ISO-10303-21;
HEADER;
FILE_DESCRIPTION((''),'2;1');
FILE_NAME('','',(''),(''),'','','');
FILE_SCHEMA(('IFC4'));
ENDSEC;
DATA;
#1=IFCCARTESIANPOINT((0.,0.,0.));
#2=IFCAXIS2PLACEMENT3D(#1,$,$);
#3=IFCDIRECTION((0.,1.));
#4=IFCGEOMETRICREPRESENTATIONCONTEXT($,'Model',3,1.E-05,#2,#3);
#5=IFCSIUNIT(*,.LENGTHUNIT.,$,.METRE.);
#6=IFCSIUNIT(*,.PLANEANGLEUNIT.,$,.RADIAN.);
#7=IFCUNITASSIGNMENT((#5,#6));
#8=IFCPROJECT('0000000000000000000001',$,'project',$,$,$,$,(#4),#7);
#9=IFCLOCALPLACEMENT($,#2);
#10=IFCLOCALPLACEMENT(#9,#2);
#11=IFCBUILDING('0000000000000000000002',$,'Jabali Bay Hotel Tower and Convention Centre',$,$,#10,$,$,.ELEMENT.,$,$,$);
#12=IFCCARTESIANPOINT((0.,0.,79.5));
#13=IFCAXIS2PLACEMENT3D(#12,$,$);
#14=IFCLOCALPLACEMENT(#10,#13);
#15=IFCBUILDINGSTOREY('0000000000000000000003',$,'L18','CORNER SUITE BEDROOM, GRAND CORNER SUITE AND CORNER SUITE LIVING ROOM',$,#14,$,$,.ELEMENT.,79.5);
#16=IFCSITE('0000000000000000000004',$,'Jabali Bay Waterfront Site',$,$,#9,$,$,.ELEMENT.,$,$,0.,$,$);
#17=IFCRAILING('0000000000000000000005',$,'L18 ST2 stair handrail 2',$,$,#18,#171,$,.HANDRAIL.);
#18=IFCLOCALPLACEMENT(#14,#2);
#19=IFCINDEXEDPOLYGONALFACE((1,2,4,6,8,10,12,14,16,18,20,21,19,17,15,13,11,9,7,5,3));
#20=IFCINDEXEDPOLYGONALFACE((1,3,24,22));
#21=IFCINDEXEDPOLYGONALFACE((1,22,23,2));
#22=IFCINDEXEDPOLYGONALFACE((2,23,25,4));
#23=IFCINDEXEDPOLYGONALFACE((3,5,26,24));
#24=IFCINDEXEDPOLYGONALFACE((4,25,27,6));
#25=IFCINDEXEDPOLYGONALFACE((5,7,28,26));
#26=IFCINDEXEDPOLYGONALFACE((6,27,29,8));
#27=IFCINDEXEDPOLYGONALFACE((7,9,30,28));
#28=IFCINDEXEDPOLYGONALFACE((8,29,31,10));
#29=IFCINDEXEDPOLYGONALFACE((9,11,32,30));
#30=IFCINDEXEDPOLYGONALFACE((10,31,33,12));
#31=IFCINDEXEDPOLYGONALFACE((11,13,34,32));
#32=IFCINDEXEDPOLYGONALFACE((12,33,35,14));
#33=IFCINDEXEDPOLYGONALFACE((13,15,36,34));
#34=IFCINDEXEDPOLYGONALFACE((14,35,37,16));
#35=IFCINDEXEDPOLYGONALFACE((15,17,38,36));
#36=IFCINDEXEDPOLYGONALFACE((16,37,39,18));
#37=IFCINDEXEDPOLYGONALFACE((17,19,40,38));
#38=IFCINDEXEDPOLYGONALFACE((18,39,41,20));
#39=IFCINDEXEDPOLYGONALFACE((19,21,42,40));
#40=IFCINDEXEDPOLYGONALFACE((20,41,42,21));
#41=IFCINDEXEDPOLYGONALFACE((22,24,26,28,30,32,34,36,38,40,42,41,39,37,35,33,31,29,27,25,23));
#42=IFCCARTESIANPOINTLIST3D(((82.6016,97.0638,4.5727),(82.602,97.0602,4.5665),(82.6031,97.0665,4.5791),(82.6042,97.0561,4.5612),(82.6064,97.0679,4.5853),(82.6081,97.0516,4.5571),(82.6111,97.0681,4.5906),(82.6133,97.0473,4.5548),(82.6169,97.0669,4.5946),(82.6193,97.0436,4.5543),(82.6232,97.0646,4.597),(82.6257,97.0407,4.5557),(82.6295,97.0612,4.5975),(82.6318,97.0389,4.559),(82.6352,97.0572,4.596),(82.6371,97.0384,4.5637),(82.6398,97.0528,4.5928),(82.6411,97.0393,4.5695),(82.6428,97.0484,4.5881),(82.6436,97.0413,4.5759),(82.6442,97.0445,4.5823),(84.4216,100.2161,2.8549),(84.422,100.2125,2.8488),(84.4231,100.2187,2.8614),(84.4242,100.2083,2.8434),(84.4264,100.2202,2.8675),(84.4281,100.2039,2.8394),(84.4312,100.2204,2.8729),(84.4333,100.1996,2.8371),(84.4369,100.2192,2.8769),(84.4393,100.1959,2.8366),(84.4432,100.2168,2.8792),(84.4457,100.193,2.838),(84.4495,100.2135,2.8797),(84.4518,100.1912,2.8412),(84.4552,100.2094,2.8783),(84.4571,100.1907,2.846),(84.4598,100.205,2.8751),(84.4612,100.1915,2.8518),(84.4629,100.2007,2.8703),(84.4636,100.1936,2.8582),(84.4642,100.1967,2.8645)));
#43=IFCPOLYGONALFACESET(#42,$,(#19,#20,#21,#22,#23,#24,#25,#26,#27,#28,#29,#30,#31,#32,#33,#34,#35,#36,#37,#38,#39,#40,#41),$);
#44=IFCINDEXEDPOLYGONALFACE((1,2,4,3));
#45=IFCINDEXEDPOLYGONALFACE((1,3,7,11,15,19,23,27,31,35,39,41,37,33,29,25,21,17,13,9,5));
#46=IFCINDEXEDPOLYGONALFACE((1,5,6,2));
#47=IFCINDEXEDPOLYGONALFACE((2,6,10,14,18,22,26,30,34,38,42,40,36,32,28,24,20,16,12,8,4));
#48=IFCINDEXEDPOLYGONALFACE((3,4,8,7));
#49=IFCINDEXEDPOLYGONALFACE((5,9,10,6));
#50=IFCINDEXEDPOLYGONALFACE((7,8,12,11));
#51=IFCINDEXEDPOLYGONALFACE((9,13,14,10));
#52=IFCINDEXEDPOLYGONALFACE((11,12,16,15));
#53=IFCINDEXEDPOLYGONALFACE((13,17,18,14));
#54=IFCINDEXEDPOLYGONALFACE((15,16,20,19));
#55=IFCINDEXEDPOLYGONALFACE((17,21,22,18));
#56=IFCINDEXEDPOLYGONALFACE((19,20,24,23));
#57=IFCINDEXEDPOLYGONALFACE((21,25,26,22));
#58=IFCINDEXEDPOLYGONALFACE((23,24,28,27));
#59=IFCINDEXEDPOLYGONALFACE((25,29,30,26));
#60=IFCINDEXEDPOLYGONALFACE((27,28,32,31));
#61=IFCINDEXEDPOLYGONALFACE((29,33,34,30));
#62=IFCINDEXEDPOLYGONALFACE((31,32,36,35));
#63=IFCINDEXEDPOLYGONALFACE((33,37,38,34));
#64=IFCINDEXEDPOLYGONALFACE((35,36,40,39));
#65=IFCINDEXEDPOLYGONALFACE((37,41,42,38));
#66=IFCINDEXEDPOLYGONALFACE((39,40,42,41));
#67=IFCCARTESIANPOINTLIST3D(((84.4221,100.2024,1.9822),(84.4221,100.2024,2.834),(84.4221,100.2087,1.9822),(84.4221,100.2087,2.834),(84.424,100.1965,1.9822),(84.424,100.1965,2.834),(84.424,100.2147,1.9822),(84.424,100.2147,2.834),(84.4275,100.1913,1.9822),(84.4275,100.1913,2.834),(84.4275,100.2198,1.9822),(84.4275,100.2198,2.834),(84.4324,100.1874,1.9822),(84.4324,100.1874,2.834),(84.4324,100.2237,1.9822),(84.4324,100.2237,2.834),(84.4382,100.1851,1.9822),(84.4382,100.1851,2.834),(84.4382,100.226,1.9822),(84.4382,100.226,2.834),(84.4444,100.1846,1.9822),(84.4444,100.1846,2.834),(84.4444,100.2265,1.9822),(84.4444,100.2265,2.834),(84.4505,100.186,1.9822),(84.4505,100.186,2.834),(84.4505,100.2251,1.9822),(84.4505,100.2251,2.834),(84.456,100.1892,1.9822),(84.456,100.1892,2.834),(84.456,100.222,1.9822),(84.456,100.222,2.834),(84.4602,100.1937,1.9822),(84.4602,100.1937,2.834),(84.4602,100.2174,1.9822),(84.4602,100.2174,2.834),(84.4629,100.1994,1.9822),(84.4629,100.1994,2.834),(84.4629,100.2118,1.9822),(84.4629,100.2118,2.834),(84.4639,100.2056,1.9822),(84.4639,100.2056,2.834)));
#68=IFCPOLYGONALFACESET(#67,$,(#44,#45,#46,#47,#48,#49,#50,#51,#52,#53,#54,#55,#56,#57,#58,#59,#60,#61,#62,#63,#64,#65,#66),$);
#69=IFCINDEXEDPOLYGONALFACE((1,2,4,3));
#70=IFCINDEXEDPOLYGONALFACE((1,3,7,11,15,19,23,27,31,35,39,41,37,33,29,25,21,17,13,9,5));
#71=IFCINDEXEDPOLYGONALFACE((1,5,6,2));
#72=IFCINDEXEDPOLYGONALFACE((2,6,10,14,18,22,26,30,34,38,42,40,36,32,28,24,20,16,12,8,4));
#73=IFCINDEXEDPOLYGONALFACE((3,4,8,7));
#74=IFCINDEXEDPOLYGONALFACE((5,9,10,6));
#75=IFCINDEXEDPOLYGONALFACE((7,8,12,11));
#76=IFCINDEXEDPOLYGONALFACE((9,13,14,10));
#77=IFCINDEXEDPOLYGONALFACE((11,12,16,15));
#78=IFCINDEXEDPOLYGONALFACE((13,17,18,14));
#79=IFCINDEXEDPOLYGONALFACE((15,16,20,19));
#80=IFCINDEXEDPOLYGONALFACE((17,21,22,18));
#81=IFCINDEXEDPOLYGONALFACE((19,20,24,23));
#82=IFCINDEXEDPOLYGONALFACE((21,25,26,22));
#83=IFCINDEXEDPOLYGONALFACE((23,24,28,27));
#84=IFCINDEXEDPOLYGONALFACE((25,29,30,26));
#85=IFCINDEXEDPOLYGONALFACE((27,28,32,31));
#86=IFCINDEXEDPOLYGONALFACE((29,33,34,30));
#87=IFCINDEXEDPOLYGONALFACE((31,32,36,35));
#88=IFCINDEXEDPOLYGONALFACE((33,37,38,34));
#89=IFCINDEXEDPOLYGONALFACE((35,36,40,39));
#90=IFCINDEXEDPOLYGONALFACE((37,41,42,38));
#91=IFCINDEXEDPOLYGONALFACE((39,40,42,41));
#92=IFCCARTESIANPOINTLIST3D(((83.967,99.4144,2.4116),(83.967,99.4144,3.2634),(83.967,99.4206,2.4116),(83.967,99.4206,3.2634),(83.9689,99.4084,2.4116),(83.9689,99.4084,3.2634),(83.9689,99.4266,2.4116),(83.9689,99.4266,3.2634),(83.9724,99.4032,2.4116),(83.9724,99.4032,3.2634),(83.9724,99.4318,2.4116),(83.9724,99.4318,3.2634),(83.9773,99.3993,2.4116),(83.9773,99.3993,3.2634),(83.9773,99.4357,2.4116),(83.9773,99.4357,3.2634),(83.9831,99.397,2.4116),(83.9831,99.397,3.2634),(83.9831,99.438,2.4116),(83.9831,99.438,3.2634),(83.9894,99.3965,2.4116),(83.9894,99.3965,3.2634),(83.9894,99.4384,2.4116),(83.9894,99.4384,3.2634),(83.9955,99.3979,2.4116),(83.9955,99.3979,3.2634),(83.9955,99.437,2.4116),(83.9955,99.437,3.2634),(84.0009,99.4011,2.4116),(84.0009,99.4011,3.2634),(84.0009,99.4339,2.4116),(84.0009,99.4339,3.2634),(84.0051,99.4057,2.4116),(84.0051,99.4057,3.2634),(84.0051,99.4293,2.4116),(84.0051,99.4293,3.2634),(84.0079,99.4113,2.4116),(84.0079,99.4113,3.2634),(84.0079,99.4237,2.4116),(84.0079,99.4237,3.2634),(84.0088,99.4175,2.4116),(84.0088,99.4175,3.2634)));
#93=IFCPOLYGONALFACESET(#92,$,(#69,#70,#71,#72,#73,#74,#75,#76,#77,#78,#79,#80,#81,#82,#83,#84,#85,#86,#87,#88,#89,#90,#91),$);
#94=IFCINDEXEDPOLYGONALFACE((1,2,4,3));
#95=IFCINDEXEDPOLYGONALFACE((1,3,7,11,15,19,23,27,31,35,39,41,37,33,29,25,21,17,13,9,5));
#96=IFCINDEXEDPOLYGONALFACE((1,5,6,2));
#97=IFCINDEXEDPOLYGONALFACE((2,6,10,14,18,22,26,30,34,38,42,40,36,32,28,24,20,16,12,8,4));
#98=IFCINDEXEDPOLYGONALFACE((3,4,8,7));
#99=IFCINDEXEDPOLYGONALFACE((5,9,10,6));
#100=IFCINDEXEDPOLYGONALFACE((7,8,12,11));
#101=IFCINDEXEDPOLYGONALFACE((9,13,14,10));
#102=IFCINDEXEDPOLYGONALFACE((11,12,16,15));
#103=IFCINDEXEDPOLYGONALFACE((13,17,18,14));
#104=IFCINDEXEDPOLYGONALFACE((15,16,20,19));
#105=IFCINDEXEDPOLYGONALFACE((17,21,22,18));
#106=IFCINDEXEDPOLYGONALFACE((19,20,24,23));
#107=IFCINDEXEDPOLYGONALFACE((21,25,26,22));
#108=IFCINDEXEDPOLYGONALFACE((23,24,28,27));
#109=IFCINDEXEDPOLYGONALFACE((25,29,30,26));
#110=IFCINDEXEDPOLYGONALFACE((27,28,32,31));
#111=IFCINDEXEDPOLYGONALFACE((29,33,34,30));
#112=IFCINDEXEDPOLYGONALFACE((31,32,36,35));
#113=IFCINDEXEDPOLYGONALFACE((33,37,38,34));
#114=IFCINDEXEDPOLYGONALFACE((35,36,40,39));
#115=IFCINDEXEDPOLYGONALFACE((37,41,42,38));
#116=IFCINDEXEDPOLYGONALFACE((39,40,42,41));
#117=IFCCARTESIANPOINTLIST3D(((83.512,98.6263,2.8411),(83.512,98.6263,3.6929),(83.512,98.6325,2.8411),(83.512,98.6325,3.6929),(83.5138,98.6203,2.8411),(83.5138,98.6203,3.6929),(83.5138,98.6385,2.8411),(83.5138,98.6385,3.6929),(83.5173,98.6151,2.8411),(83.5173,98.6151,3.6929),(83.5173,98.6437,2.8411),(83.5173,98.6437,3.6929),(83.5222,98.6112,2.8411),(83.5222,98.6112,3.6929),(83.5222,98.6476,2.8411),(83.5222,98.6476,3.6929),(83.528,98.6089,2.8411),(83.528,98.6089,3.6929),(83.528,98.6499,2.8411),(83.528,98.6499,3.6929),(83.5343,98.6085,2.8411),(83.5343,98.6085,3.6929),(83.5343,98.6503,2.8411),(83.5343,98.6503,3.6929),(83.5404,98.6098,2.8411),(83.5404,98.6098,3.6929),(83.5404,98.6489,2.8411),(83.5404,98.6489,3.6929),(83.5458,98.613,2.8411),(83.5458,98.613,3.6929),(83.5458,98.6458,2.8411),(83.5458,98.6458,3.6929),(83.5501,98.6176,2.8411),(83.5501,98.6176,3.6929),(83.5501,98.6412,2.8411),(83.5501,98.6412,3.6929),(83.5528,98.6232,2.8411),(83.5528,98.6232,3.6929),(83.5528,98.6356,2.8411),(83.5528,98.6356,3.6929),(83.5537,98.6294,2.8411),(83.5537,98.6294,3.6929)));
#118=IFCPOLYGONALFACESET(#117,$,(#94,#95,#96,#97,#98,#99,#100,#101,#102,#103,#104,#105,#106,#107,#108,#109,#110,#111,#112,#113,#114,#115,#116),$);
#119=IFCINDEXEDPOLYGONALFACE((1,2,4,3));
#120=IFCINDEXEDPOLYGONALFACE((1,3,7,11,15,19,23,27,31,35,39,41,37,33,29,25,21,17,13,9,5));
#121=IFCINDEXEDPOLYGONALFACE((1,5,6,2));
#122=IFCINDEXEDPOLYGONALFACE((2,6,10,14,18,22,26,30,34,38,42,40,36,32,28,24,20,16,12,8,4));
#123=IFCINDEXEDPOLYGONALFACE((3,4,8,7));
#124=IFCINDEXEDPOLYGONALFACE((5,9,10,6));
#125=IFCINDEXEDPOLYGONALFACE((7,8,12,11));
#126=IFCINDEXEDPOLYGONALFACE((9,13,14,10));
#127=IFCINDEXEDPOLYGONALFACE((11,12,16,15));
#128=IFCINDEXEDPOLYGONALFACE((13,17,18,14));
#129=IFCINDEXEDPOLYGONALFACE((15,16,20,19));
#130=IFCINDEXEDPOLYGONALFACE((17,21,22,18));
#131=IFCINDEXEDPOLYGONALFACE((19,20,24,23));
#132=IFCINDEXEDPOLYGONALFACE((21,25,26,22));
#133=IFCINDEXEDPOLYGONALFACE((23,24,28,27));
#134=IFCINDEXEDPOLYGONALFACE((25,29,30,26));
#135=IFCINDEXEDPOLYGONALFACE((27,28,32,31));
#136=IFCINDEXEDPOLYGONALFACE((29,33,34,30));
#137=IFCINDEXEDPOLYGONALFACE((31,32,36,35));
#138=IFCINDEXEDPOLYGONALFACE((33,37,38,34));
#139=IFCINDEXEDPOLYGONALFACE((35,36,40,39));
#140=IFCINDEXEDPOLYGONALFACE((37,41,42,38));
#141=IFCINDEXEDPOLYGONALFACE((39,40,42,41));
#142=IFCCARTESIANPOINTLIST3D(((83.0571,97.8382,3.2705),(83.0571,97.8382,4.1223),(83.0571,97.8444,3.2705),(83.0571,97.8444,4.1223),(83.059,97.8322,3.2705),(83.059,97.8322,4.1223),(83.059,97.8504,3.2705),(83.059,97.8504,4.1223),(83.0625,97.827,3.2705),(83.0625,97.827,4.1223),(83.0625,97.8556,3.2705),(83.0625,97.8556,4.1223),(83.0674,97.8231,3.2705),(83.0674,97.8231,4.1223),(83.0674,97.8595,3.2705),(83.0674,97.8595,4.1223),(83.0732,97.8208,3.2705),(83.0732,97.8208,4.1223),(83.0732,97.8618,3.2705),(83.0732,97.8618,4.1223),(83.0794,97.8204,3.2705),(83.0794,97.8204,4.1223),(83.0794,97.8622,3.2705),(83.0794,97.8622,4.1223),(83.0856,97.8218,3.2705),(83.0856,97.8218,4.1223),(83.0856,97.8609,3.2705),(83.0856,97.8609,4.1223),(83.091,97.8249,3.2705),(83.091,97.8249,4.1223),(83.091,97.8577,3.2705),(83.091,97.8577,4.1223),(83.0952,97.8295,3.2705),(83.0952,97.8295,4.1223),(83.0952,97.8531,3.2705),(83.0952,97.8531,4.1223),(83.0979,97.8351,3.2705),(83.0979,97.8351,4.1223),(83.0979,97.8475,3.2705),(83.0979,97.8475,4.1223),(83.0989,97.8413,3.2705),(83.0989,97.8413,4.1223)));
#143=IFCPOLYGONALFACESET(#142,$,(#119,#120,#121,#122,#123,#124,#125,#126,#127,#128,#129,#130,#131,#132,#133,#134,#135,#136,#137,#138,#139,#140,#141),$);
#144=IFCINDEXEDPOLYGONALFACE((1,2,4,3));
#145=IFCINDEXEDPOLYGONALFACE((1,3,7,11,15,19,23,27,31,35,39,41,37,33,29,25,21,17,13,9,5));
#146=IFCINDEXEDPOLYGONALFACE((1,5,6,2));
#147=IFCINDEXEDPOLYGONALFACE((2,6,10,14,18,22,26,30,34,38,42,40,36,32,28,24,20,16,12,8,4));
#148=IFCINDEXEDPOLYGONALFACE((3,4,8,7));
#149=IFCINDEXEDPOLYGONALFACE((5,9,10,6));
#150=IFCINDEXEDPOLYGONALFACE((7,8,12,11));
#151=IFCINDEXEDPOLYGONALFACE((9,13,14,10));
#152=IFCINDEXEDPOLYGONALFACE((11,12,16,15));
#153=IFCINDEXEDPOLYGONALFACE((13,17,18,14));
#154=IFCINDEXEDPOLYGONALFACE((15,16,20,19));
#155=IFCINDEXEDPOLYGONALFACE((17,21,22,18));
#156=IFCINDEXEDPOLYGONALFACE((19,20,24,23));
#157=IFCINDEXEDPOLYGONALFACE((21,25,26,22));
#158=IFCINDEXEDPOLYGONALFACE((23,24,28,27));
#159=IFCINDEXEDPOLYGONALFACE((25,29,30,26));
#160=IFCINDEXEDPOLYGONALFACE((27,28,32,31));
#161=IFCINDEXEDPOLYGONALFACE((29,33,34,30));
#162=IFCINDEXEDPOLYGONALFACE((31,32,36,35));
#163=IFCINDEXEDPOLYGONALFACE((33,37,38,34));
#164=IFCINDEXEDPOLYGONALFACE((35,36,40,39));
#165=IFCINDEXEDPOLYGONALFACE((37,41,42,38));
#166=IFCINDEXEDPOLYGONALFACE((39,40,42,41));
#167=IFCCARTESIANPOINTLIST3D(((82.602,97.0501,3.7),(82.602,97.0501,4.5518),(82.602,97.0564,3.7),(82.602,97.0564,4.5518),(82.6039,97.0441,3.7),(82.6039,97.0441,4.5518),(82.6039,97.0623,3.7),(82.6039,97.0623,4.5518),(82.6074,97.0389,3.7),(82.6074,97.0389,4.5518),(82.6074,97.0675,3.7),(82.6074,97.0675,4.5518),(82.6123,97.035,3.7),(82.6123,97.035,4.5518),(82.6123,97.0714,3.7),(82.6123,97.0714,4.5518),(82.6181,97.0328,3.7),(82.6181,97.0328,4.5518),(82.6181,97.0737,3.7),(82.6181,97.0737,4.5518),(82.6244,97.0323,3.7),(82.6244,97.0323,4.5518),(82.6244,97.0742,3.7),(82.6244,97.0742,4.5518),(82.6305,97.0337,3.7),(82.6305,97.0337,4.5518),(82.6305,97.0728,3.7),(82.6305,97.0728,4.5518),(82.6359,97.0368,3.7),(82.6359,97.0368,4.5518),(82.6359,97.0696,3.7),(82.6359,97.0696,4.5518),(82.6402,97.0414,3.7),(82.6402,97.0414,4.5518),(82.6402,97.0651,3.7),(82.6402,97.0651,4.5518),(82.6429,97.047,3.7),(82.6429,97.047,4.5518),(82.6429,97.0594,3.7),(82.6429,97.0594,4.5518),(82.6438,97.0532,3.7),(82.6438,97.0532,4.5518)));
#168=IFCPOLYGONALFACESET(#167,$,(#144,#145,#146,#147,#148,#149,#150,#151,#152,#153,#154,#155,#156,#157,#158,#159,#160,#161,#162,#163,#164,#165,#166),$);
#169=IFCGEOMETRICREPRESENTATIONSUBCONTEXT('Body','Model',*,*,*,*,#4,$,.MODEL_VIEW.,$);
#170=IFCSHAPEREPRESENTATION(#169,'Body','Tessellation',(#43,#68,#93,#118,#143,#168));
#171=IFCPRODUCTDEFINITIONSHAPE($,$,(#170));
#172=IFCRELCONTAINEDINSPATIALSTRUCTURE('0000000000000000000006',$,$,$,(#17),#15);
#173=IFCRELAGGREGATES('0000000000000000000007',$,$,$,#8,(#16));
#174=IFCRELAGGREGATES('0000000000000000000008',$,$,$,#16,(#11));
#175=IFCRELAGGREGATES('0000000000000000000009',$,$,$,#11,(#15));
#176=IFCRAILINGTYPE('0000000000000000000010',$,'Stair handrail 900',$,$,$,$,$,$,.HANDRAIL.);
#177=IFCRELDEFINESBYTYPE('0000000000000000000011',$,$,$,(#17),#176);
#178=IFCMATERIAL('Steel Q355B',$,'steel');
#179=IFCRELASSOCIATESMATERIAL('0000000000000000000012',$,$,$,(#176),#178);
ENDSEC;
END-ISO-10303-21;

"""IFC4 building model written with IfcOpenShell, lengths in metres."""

from ifc_helpers import new_model, si_unit, direction, frame, origin, origin_2d, place, context, subcontext, project, spatial, circle, extrude, material, type_object, element, save


model = new_model("IFC4")

# Units and contexts
model_context = context("Model", 3, precision=1e-05, world=origin(), true_north=direction((0.0, 1.0)))
body_context = subcontext(model_context, "Body", "Model", "MODEL_VIEW")
ifc_project = project(units=[si_unit("LENGTHUNIT", "METRE"), si_unit("PLANEANGLEUNIT", "RADIAN")], contexts=[model_context])

# Site, building, storey
site_placement = place(None, origin())
site = spatial("IfcSite", under=ifc_project, at=site_placement, Name="Jabali Bay Waterfront Site", CompositionType="ELEMENT", RefElevation=0.0)
building_placement = place(site_placement, origin())
building = spatial("IfcBuilding", under=site, at=building_placement, Name="Jabali Bay Hotel Tower and Convention Centre", CompositionType="ELEMENT")
storey_placement = place(building_placement, frame((0.0, 0.0, 79.5)))
storey = spatial("IfcBuildingStorey", under=building, at=storey_placement, Name="L18", Description="CORNER SUITE BEDROOM, GRAND CORNER SUITE AND CORNER SUITE LIVING ROOM", CompositionType="ELEMENT", Elevation=79.5)

# Railing
ifc_material_1 = material(Name="Steel Q355B", Category="steel")
railing_type_1 = type_object("IfcRailingType", Name="Stair handrail 900", PredefinedType="HANDRAIL", material=ifc_material_1)
railing_1_placement = place(storey_placement, frame((84.4429, 100.2056, 1.9822)))
element("IfcRailing", 1, at=railing_1_placement, inside=storey, type_object=railing_type_1, Name="L18 ST2 stair handrail 2", PredefinedType="HANDRAIL", context=body_context, shape_type="SweptSolid", body=[
    extrude(circle(Radius=0.0239, at=origin_2d()), frame((0.0, 0.0, 0.876), z_axis=(-0.45219, -0.78319, 0.426775), x_axis=(0.866018, -0.500013, 0.0)), (0.0, 0.0, 1.0), 4.0249),
    extrude(circle(Radius=0.021, at=origin_2d()), origin(), (0.0, 0.0, 1.0), 0.8518),
    extrude(circle(Radius=0.021, at=origin_2d()), frame((-0.4551, -0.7881, 0.4294)), (0.0, 0.0, 1.0), 0.8518),
    extrude(circle(Radius=0.021, at=origin_2d()), frame((-0.9102, -1.5762, 0.8589)), (0.0, 0.0, 1.0), 0.8518),
    extrude(circle(Radius=0.021, at=origin_2d()), frame((-1.365, -2.3643, 1.2883)), (0.0, 0.0, 1.0), 0.8518),
    extrude(circle(Radius=0.021, at=origin_2d()), frame((-1.8201, -3.1523, 1.7178)), (0.0, 0.0, 1.0), 0.8518),
])

save(model, "model.ifc")
